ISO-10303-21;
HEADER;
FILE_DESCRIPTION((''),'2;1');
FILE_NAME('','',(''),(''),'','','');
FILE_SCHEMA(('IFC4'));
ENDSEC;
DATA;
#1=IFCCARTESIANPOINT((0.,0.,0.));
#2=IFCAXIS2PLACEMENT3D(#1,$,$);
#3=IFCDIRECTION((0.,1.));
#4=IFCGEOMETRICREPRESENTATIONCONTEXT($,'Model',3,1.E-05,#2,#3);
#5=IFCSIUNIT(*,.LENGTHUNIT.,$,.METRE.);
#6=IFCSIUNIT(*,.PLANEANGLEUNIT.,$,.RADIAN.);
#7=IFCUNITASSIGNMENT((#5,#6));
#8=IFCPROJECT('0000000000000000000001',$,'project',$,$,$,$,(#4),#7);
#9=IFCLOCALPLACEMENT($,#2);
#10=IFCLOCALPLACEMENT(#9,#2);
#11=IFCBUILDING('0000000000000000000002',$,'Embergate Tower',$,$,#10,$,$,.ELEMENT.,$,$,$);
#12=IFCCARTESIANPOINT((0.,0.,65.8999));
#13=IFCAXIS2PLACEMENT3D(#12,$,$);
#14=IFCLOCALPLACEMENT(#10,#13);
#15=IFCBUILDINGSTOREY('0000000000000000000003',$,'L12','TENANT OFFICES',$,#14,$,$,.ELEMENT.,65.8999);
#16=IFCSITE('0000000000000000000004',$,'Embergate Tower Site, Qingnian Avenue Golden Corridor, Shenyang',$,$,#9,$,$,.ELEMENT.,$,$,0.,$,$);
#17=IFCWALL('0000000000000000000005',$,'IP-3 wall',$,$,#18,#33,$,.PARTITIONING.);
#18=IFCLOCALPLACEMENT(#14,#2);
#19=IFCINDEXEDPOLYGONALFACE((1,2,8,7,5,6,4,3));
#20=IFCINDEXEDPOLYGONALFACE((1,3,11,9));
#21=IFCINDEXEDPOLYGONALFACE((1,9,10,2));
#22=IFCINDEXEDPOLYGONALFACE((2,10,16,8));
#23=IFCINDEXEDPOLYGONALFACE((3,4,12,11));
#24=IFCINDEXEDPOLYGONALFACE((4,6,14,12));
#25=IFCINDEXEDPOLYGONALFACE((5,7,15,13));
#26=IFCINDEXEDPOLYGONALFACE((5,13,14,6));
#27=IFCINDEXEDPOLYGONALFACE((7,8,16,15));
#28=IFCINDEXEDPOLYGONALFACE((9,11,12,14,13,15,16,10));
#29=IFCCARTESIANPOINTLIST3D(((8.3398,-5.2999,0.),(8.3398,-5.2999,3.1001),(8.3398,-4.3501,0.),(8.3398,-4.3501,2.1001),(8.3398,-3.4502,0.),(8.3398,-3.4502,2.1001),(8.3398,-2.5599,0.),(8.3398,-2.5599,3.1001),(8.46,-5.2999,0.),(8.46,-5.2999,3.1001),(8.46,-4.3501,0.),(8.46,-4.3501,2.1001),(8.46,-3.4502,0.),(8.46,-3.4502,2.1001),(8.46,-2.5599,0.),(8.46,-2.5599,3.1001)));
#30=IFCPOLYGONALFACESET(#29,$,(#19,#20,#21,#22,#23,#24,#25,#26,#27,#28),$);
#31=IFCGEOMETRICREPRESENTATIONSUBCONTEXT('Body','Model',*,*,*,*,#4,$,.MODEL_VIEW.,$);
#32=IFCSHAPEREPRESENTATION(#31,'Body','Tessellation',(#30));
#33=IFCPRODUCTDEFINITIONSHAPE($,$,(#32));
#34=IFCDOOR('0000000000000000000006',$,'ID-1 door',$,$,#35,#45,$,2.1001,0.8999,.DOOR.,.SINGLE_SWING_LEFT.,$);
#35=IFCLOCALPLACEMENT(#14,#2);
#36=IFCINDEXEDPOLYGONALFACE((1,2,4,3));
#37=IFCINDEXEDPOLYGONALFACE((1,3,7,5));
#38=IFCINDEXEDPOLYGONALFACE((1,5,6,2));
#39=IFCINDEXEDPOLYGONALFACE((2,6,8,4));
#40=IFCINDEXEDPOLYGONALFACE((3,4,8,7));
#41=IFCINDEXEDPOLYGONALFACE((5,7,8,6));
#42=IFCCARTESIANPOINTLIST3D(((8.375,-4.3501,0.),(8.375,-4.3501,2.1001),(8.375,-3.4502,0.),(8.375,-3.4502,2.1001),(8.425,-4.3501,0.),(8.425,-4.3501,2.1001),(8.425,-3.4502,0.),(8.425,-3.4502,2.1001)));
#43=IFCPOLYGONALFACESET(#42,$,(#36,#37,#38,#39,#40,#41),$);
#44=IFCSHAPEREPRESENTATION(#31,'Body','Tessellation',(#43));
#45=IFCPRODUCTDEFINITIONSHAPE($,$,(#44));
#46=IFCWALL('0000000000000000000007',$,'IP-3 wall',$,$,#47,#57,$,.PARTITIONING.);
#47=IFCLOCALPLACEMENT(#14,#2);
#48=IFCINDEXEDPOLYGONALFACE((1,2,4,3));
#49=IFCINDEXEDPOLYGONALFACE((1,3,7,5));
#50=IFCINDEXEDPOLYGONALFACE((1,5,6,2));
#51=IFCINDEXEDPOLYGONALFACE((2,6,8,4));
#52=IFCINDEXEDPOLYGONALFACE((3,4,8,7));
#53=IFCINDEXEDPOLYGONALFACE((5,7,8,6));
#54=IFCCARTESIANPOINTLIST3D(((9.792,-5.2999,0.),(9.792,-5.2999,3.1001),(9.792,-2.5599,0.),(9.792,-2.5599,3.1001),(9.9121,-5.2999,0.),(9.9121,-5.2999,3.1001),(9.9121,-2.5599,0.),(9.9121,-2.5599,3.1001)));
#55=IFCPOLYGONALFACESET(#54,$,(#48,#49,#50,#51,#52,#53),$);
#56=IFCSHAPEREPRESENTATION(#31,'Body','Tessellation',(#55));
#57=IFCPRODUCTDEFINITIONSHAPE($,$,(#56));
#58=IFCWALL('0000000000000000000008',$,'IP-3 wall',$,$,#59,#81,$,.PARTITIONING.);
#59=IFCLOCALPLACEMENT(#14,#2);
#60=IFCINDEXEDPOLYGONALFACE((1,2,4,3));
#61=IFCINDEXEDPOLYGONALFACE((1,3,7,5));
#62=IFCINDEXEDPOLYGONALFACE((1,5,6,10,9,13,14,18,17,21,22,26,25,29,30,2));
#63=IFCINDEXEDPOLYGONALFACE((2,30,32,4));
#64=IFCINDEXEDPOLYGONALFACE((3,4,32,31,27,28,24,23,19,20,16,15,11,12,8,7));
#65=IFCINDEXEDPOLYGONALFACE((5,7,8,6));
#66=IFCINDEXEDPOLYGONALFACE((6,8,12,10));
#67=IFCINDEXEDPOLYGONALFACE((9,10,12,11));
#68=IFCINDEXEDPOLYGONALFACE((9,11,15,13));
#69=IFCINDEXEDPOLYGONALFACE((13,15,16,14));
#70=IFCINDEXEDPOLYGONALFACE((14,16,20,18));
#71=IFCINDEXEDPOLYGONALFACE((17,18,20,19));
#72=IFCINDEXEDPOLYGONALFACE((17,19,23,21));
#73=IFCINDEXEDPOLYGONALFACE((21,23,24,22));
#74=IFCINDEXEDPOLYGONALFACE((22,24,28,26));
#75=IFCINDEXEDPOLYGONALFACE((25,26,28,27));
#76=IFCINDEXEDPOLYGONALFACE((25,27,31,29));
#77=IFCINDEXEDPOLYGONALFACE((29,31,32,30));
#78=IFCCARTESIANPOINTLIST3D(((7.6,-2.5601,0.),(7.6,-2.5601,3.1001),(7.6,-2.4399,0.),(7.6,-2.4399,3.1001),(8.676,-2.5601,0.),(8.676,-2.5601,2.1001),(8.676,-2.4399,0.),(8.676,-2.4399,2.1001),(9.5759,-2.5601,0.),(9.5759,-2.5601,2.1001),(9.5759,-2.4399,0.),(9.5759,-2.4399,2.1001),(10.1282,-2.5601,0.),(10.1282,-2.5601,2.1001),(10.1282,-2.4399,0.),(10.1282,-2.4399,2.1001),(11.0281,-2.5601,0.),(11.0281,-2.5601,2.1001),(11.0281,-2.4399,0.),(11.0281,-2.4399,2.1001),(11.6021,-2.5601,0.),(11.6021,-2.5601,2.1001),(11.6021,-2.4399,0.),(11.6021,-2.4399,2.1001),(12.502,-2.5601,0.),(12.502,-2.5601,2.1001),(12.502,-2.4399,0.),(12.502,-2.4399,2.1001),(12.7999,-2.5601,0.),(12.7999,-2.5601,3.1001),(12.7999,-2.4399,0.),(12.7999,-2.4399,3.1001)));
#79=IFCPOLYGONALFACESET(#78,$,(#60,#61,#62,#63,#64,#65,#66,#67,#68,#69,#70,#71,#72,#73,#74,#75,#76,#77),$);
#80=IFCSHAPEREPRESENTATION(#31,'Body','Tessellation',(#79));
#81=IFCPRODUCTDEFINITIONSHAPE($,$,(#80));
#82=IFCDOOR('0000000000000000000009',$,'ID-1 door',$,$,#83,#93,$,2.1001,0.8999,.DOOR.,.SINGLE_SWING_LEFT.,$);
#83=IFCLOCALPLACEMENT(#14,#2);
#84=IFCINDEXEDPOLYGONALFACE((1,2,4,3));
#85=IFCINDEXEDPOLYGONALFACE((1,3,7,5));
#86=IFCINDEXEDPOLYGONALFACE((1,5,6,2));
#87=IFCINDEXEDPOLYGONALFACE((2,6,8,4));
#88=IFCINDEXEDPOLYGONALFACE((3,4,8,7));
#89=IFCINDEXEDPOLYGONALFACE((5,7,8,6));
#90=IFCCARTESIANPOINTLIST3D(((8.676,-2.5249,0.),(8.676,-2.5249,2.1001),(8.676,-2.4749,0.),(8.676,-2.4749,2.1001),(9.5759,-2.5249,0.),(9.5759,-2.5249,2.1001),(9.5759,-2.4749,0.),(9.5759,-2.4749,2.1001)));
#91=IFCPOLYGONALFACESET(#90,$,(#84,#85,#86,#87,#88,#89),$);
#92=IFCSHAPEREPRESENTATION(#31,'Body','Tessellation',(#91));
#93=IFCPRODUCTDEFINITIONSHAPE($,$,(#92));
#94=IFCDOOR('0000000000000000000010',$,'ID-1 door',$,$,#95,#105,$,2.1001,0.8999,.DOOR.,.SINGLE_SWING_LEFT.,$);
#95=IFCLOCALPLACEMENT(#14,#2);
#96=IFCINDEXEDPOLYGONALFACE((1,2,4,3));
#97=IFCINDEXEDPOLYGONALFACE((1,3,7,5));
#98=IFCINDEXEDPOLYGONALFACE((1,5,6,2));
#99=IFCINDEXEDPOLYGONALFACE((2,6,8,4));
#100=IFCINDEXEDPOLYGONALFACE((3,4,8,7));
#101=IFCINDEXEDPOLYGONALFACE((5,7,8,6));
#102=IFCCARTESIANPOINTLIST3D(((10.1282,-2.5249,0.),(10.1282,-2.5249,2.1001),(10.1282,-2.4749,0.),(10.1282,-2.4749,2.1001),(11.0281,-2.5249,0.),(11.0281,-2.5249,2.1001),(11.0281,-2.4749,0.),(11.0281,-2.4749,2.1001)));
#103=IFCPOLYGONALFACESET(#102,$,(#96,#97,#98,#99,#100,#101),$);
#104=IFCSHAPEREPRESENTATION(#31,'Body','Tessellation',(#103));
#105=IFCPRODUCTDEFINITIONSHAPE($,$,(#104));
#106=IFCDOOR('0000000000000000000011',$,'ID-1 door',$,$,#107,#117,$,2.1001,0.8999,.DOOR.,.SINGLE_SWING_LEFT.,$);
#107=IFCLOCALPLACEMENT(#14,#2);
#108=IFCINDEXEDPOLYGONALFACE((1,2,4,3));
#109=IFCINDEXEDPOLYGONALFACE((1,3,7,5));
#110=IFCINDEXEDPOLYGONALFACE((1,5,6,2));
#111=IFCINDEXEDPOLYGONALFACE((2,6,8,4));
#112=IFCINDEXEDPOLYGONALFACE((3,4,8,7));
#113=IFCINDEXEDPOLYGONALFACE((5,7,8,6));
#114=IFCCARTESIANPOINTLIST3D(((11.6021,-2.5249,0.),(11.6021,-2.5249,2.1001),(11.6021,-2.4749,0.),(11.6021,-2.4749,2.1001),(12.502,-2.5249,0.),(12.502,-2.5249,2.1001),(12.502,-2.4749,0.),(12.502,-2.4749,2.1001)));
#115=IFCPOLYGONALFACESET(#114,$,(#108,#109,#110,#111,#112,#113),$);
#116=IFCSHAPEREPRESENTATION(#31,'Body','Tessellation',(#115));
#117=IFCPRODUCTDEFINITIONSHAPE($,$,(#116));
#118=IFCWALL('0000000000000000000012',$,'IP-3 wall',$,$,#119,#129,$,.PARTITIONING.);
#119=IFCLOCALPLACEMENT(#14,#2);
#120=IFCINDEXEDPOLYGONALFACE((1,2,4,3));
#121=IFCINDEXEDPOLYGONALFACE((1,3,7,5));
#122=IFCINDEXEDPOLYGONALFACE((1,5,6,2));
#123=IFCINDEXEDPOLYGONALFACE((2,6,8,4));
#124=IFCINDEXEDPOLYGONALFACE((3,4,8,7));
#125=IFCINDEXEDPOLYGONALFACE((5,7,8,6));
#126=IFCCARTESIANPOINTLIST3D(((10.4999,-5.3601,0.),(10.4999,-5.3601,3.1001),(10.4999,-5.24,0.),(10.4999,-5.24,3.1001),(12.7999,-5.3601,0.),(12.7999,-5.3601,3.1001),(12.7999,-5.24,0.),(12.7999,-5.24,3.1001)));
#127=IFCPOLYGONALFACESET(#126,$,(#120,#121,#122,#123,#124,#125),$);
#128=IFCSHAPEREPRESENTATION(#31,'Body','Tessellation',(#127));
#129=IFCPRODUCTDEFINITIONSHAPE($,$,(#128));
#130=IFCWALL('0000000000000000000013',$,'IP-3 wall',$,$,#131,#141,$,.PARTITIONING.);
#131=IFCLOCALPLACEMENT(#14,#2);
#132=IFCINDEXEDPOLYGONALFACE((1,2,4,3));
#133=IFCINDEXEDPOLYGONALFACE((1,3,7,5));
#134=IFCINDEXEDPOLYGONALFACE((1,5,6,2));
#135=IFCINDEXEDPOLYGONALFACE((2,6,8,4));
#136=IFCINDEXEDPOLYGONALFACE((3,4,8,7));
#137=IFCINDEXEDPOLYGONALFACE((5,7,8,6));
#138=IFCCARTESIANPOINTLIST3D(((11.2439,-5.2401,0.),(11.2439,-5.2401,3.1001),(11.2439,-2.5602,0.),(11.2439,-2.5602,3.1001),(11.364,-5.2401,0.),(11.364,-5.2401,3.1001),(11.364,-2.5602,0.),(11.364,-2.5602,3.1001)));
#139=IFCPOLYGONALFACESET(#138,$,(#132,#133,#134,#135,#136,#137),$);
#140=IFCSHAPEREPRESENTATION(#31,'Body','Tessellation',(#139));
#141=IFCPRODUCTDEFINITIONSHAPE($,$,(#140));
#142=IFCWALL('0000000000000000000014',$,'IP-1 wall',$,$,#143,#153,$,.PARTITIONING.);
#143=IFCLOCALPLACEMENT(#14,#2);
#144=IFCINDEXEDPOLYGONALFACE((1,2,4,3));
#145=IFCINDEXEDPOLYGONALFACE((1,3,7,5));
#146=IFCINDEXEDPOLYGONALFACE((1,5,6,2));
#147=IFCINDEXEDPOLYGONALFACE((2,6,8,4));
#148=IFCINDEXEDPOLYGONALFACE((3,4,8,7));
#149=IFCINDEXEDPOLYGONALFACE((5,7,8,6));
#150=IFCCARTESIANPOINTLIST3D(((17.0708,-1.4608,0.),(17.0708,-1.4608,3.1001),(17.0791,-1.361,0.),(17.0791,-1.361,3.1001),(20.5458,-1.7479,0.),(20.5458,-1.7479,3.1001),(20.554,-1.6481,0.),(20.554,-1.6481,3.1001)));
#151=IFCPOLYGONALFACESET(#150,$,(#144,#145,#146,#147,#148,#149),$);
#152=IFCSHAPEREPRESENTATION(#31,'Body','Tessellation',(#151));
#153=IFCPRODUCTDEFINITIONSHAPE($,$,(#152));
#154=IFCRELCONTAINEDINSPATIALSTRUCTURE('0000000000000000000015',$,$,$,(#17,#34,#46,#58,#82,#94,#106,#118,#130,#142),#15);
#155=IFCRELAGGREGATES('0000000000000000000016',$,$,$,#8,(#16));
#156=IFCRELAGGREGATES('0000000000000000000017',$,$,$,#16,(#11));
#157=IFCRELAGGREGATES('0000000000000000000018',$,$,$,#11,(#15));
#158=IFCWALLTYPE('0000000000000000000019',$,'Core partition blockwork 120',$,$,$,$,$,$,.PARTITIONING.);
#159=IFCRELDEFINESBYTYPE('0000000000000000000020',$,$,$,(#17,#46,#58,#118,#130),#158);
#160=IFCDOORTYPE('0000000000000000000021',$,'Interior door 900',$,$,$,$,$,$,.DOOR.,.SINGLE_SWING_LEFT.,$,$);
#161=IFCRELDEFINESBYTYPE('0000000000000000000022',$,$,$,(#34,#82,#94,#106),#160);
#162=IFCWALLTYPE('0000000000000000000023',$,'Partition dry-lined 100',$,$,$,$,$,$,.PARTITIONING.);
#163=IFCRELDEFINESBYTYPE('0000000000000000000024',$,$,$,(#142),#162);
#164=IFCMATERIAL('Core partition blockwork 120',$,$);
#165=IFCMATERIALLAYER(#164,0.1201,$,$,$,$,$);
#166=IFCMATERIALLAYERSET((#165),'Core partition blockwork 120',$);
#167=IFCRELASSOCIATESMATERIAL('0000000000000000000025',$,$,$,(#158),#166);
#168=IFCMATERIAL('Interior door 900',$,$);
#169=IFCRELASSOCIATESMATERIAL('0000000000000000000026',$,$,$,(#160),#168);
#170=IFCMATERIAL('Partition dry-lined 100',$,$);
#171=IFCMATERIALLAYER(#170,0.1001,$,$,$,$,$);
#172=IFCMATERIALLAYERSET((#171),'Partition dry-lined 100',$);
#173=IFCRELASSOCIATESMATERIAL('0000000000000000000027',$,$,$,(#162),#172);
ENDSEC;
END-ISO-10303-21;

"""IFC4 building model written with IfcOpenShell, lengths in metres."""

from ifc_helpers import new_model, si_unit, direction, frame, frame_2d, origin, place, context, subcontext, project, spatial, rectangle, extrude, source, transform, mapped, material, layer, layer_set, type_object, element, fill, save


model = new_model("IFC4")

# Units and contexts
model_context = context("Model", 3, precision=1e-05, world=origin(), true_north=direction((0.0, 1.0)))
body_context = subcontext(model_context, "Body", "Model", "MODEL_VIEW")
ifc_project = project(units=[si_unit("LENGTHUNIT", "METRE"), si_unit("PLANEANGLEUNIT", "RADIAN")], contexts=[model_context])

# Site, building, storey
site_placement = place(None, origin())
site = spatial("IfcSite", under=ifc_project, at=site_placement, Name="Embergate Tower Site, Qingnian Avenue Golden Corridor, Shenyang", CompositionType="ELEMENT", RefElevation=0.0)
building_placement = place(site_placement, origin())
building = spatial("IfcBuilding", under=site, at=building_placement, Name="Embergate Tower", CompositionType="ELEMENT")
storey_placement = place(building_placement, frame((0.0, 0.0, 65.8999)))
storey = spatial("IfcBuildingStorey", under=building, at=storey_placement, Name="L12", Description="TENANT OFFICES", CompositionType="ELEMENT", Elevation=65.8999)

# Wall, opening, door
ifc_material_1 = material(Name="Core partition blockwork 120")
ifc_layer_1 = layer(ifc_material_1, 0.1201)
ifc_layer_set_1 = layer_set([ifc_layer_1], Name="Core partition blockwork 120")
wall_type_1 = type_object("IfcWallType", Name="Core partition blockwork 120", PredefinedType="PARTITIONING", material=ifc_layer_set_1)
shared_shape_1 = source(origin(), body_context, "Body", "SweptSolid", [
    extrude(rectangle(XDim=2.74, YDim=0.1201, at=frame_2d((1.3701, 0.0))), origin(), (0.0, 0.0, 1.0), 3.1001),
])
wall_1_placement = place(storey_placement, frame((8.3999, -5.3, 0.0), z_axis=(0.0, 0.0, 1.0), x_axis=(0.0, 1.0, 0.0)))
wall_1 = element("IfcWall", 1, at=wall_1_placement, inside=storey, type_object=wall_type_1, Name="IP-3 wall", PredefinedType="PARTITIONING", context=body_context, shape_type="MappedRepresentation", body=[
    mapped(shared_shape_1, transform((0.0, 0.0, 0.0))),
])
shared_shape_2 = source(origin(), body_context, "Body", "SweptSolid", [
    extrude(rectangle(XDim=0.8999, YDim=2.1001, at=frame_2d((0.45, 1.05))), frame((0.0, 0.0701, 0.0), z_axis=(0.0, -1.0, 0.0), x_axis=(1.0, 0.0, 0.0)), (0.0, 0.0, 1.0), 0.1401),
])
opening_1_placement = place(wall_1_placement, frame((0.95, 0.0, 0.0)))
opening_1 = element("IfcOpeningElement", 2, at=opening_1_placement, cuts=wall_1, PredefinedType="OPENING", context=body_context, shape_type="MappedRepresentation", body=[
    mapped(shared_shape_2, transform((0.0, 0.0, 0.0))),
])
ifc_material_2 = material(Name="Interior door 900")
door_type = type_object("IfcDoorType", Name="Interior door 900", OperationType="SINGLE_SWING_LEFT", PredefinedType="DOOR", material=ifc_material_2)
shared_shape_3 = source(origin(), body_context, "Body", "SweptSolid", [
    extrude(rectangle(XDim=0.8999, YDim=2.1001, at=frame_2d((0.45, 1.05))), frame((0.0, 0.0249, 0.0), z_axis=(0.0, -1.0, 0.0), x_axis=(1.0, 0.0, 0.0)), (0.0, 0.0, 1.0), 0.05),
])
door_1_placement = place(opening_1_placement, origin())
door_1 = element("IfcDoor", 3, at=door_1_placement, inside=storey, type_object=door_type, Name="ID-1 door", OperationType="SINGLE_SWING_LEFT", OverallHeight=2.1001, OverallWidth=0.8999, PredefinedType="DOOR", context=body_context, shape_type="MappedRepresentation", body=[
    mapped(shared_shape_3, transform((0.0, 0.0, 0.0))),
])
fill(opening_1, door_1)

# Wall
wall_2_placement = place(storey_placement, frame((9.8521, -5.3, 0.0), z_axis=(0.0, 0.0, 1.0), x_axis=(0.0, 1.0, 0.0)))
element("IfcWall", 4, at=wall_2_placement, inside=storey, type_object=wall_type_1, Name="IP-3 wall", PredefinedType="PARTITIONING", context=body_context, shape_type="MappedRepresentation", body=[
    mapped(shared_shape_1, transform((0.0, 0.0, 0.0))),
])

# Wall, openings, doors
shared_shape_4 = source(origin(), body_context, "Body", "SweptSolid", [
    extrude(rectangle(XDim=5.2, YDim=0.1201, at=frame_2d((2.6001, 0.0))), origin(), (0.0, 0.0, 1.0), 3.1001),
])
wall_3_placement = place(storey_placement, frame((12.8, -2.5, 0.0), z_axis=(0.0, 0.0, 1.0), x_axis=(-1.0, 0.0, 0.0)))
wall_3 = element("IfcWall", 5, at=wall_3_placement, inside=storey, type_object=wall_type_1, Name="IP-3 wall", PredefinedType="PARTITIONING", context=body_context, shape_type="MappedRepresentation", body=[
    mapped(shared_shape_4, transform((0.0, 0.0, 0.0))),
])
opening_2_placement = place(wall_3_placement, frame((3.2241, 0.0, 0.0)))
opening_2 = element("IfcOpeningElement", 6, at=opening_2_placement, cuts=wall_3, PredefinedType="OPENING", context=body_context, shape_type="MappedRepresentation", body=[
    mapped(shared_shape_2, transform((0.0, 0.0, 0.0))),
])
opening_3_placement = place(wall_3_placement, frame((1.772, 0.0, 0.0)))
opening_3 = element("IfcOpeningElement", 7, at=opening_3_placement, cuts=wall_3, PredefinedType="OPENING", context=body_context, shape_type="MappedRepresentation", body=[
    mapped(shared_shape_2, transform((0.0, 0.0, 0.0))),
])
opening_4_placement = place(wall_3_placement, frame((0.2981, 0.0, 0.0)))
opening_4 = element("IfcOpeningElement", 8, at=opening_4_placement, cuts=wall_3, PredefinedType="OPENING", context=body_context, shape_type="MappedRepresentation", body=[
    mapped(shared_shape_2, transform((0.0, 0.0, 0.0))),
])
door_2_placement = place(opening_2_placement, origin())
door_2 = element("IfcDoor", 9, at=door_2_placement, inside=storey, type_object=door_type, Name="ID-1 door", OperationType="SINGLE_SWING_LEFT", OverallHeight=2.1001, OverallWidth=0.8999, PredefinedType="DOOR", context=body_context, shape_type="MappedRepresentation", body=[
    mapped(shared_shape_3, transform((0.0, 0.0, 0.0))),
])
fill(opening_2, door_2)
door_3_placement = place(opening_3_placement, origin())
door_3 = element("IfcDoor", 10, at=door_3_placement, inside=storey, type_object=door_type, Name="ID-1 door", OperationType="SINGLE_SWING_LEFT", OverallHeight=2.1001, OverallWidth=0.8999, PredefinedType="DOOR", context=body_context, shape_type="MappedRepresentation", body=[
    mapped(shared_shape_3, transform((0.0, 0.0, 0.0))),
])
fill(opening_3, door_3)
door_4_placement = place(opening_4_placement, origin())
door_4 = element("IfcDoor", 11, at=door_4_placement, inside=storey, type_object=door_type, Name="ID-1 door", OperationType="SINGLE_SWING_LEFT", OverallHeight=2.1001, OverallWidth=0.8999, PredefinedType="DOOR", context=body_context, shape_type="MappedRepresentation", body=[
    mapped(shared_shape_3, transform((0.0, 0.0, 0.0))),
])
fill(opening_4, door_4)

# Walls
shared_shape_5 = source(origin(), body_context, "Body", "SweptSolid", [
    extrude(rectangle(XDim=2.3, YDim=0.1201, at=frame_2d((1.1499, 0.0))), origin(), (0.0, 0.0, 1.0), 3.1001),
])
wall_4_placement = place(storey_placement, frame((10.5, -5.3, 0.0), z_axis=(0.0, 0.0, 1.0), x_axis=(1.0, 0.0, 0.0)))
element("IfcWall", 12, at=wall_4_placement, inside=storey, type_object=wall_type_1, Name="IP-3 wall", PredefinedType="PARTITIONING", context=body_context, shape_type="MappedRepresentation", body=[
    mapped(shared_shape_5, transform((0.0, 0.0, 0.0))),
])
shared_shape_6 = source(origin(), body_context, "Body", "SweptSolid", [
    extrude(rectangle(XDim=2.6799, YDim=0.1201, at=frame_2d((1.3398, 0.0))), origin(), (0.0, 0.0, 1.0), 3.1001),
])
wall_5_placement = place(storey_placement, frame((11.304, -5.24, 0.0), z_axis=(0.0, 0.0, 1.0), x_axis=(0.0, 1.0, 0.0)))
element("IfcWall", 13, at=wall_5_placement, inside=storey, type_object=wall_type_1, Name="IP-3 wall", PredefinedType="PARTITIONING", context=body_context, shape_type="MappedRepresentation", body=[
    mapped(shared_shape_6, transform((0.0, 0.0, 0.0))),
])
ifc_material_3 = material(Name="Partition dry-lined 100")
ifc_layer_2 = layer(ifc_material_3, 0.1001)
ifc_layer_set_2 = layer_set([ifc_layer_2], Name="Partition dry-lined 100")
wall_type_2 = type_object("IfcWallType", Name="Partition dry-lined 100", PredefinedType="PARTITIONING", material=ifc_layer_set_2)
shared_shape_7 = source(origin(), body_context, "Body", "SweptSolid", [
    extrude(rectangle(XDim=3.4868, YDim=0.1001, at=frame_2d((1.7434, 0.0))), origin(), (0.0, 0.0, 1.0), 3.1001),
])
wall_6_placement = place(storey_placement, frame((17.075, -1.4109, 0.0), z_axis=(0.0, 0.0, 1.0), x_axis=(0.996604, -0.082339, 0.0)))
element("IfcWall", 14, at=wall_6_placement, inside=storey, type_object=wall_type_2, Name="IP-1 wall", PredefinedType="PARTITIONING", context=body_context, shape_type="MappedRepresentation", body=[
    mapped(shared_shape_7, transform((0.0, 0.0, 0.0))),
])

save(model, "model.ifc")
